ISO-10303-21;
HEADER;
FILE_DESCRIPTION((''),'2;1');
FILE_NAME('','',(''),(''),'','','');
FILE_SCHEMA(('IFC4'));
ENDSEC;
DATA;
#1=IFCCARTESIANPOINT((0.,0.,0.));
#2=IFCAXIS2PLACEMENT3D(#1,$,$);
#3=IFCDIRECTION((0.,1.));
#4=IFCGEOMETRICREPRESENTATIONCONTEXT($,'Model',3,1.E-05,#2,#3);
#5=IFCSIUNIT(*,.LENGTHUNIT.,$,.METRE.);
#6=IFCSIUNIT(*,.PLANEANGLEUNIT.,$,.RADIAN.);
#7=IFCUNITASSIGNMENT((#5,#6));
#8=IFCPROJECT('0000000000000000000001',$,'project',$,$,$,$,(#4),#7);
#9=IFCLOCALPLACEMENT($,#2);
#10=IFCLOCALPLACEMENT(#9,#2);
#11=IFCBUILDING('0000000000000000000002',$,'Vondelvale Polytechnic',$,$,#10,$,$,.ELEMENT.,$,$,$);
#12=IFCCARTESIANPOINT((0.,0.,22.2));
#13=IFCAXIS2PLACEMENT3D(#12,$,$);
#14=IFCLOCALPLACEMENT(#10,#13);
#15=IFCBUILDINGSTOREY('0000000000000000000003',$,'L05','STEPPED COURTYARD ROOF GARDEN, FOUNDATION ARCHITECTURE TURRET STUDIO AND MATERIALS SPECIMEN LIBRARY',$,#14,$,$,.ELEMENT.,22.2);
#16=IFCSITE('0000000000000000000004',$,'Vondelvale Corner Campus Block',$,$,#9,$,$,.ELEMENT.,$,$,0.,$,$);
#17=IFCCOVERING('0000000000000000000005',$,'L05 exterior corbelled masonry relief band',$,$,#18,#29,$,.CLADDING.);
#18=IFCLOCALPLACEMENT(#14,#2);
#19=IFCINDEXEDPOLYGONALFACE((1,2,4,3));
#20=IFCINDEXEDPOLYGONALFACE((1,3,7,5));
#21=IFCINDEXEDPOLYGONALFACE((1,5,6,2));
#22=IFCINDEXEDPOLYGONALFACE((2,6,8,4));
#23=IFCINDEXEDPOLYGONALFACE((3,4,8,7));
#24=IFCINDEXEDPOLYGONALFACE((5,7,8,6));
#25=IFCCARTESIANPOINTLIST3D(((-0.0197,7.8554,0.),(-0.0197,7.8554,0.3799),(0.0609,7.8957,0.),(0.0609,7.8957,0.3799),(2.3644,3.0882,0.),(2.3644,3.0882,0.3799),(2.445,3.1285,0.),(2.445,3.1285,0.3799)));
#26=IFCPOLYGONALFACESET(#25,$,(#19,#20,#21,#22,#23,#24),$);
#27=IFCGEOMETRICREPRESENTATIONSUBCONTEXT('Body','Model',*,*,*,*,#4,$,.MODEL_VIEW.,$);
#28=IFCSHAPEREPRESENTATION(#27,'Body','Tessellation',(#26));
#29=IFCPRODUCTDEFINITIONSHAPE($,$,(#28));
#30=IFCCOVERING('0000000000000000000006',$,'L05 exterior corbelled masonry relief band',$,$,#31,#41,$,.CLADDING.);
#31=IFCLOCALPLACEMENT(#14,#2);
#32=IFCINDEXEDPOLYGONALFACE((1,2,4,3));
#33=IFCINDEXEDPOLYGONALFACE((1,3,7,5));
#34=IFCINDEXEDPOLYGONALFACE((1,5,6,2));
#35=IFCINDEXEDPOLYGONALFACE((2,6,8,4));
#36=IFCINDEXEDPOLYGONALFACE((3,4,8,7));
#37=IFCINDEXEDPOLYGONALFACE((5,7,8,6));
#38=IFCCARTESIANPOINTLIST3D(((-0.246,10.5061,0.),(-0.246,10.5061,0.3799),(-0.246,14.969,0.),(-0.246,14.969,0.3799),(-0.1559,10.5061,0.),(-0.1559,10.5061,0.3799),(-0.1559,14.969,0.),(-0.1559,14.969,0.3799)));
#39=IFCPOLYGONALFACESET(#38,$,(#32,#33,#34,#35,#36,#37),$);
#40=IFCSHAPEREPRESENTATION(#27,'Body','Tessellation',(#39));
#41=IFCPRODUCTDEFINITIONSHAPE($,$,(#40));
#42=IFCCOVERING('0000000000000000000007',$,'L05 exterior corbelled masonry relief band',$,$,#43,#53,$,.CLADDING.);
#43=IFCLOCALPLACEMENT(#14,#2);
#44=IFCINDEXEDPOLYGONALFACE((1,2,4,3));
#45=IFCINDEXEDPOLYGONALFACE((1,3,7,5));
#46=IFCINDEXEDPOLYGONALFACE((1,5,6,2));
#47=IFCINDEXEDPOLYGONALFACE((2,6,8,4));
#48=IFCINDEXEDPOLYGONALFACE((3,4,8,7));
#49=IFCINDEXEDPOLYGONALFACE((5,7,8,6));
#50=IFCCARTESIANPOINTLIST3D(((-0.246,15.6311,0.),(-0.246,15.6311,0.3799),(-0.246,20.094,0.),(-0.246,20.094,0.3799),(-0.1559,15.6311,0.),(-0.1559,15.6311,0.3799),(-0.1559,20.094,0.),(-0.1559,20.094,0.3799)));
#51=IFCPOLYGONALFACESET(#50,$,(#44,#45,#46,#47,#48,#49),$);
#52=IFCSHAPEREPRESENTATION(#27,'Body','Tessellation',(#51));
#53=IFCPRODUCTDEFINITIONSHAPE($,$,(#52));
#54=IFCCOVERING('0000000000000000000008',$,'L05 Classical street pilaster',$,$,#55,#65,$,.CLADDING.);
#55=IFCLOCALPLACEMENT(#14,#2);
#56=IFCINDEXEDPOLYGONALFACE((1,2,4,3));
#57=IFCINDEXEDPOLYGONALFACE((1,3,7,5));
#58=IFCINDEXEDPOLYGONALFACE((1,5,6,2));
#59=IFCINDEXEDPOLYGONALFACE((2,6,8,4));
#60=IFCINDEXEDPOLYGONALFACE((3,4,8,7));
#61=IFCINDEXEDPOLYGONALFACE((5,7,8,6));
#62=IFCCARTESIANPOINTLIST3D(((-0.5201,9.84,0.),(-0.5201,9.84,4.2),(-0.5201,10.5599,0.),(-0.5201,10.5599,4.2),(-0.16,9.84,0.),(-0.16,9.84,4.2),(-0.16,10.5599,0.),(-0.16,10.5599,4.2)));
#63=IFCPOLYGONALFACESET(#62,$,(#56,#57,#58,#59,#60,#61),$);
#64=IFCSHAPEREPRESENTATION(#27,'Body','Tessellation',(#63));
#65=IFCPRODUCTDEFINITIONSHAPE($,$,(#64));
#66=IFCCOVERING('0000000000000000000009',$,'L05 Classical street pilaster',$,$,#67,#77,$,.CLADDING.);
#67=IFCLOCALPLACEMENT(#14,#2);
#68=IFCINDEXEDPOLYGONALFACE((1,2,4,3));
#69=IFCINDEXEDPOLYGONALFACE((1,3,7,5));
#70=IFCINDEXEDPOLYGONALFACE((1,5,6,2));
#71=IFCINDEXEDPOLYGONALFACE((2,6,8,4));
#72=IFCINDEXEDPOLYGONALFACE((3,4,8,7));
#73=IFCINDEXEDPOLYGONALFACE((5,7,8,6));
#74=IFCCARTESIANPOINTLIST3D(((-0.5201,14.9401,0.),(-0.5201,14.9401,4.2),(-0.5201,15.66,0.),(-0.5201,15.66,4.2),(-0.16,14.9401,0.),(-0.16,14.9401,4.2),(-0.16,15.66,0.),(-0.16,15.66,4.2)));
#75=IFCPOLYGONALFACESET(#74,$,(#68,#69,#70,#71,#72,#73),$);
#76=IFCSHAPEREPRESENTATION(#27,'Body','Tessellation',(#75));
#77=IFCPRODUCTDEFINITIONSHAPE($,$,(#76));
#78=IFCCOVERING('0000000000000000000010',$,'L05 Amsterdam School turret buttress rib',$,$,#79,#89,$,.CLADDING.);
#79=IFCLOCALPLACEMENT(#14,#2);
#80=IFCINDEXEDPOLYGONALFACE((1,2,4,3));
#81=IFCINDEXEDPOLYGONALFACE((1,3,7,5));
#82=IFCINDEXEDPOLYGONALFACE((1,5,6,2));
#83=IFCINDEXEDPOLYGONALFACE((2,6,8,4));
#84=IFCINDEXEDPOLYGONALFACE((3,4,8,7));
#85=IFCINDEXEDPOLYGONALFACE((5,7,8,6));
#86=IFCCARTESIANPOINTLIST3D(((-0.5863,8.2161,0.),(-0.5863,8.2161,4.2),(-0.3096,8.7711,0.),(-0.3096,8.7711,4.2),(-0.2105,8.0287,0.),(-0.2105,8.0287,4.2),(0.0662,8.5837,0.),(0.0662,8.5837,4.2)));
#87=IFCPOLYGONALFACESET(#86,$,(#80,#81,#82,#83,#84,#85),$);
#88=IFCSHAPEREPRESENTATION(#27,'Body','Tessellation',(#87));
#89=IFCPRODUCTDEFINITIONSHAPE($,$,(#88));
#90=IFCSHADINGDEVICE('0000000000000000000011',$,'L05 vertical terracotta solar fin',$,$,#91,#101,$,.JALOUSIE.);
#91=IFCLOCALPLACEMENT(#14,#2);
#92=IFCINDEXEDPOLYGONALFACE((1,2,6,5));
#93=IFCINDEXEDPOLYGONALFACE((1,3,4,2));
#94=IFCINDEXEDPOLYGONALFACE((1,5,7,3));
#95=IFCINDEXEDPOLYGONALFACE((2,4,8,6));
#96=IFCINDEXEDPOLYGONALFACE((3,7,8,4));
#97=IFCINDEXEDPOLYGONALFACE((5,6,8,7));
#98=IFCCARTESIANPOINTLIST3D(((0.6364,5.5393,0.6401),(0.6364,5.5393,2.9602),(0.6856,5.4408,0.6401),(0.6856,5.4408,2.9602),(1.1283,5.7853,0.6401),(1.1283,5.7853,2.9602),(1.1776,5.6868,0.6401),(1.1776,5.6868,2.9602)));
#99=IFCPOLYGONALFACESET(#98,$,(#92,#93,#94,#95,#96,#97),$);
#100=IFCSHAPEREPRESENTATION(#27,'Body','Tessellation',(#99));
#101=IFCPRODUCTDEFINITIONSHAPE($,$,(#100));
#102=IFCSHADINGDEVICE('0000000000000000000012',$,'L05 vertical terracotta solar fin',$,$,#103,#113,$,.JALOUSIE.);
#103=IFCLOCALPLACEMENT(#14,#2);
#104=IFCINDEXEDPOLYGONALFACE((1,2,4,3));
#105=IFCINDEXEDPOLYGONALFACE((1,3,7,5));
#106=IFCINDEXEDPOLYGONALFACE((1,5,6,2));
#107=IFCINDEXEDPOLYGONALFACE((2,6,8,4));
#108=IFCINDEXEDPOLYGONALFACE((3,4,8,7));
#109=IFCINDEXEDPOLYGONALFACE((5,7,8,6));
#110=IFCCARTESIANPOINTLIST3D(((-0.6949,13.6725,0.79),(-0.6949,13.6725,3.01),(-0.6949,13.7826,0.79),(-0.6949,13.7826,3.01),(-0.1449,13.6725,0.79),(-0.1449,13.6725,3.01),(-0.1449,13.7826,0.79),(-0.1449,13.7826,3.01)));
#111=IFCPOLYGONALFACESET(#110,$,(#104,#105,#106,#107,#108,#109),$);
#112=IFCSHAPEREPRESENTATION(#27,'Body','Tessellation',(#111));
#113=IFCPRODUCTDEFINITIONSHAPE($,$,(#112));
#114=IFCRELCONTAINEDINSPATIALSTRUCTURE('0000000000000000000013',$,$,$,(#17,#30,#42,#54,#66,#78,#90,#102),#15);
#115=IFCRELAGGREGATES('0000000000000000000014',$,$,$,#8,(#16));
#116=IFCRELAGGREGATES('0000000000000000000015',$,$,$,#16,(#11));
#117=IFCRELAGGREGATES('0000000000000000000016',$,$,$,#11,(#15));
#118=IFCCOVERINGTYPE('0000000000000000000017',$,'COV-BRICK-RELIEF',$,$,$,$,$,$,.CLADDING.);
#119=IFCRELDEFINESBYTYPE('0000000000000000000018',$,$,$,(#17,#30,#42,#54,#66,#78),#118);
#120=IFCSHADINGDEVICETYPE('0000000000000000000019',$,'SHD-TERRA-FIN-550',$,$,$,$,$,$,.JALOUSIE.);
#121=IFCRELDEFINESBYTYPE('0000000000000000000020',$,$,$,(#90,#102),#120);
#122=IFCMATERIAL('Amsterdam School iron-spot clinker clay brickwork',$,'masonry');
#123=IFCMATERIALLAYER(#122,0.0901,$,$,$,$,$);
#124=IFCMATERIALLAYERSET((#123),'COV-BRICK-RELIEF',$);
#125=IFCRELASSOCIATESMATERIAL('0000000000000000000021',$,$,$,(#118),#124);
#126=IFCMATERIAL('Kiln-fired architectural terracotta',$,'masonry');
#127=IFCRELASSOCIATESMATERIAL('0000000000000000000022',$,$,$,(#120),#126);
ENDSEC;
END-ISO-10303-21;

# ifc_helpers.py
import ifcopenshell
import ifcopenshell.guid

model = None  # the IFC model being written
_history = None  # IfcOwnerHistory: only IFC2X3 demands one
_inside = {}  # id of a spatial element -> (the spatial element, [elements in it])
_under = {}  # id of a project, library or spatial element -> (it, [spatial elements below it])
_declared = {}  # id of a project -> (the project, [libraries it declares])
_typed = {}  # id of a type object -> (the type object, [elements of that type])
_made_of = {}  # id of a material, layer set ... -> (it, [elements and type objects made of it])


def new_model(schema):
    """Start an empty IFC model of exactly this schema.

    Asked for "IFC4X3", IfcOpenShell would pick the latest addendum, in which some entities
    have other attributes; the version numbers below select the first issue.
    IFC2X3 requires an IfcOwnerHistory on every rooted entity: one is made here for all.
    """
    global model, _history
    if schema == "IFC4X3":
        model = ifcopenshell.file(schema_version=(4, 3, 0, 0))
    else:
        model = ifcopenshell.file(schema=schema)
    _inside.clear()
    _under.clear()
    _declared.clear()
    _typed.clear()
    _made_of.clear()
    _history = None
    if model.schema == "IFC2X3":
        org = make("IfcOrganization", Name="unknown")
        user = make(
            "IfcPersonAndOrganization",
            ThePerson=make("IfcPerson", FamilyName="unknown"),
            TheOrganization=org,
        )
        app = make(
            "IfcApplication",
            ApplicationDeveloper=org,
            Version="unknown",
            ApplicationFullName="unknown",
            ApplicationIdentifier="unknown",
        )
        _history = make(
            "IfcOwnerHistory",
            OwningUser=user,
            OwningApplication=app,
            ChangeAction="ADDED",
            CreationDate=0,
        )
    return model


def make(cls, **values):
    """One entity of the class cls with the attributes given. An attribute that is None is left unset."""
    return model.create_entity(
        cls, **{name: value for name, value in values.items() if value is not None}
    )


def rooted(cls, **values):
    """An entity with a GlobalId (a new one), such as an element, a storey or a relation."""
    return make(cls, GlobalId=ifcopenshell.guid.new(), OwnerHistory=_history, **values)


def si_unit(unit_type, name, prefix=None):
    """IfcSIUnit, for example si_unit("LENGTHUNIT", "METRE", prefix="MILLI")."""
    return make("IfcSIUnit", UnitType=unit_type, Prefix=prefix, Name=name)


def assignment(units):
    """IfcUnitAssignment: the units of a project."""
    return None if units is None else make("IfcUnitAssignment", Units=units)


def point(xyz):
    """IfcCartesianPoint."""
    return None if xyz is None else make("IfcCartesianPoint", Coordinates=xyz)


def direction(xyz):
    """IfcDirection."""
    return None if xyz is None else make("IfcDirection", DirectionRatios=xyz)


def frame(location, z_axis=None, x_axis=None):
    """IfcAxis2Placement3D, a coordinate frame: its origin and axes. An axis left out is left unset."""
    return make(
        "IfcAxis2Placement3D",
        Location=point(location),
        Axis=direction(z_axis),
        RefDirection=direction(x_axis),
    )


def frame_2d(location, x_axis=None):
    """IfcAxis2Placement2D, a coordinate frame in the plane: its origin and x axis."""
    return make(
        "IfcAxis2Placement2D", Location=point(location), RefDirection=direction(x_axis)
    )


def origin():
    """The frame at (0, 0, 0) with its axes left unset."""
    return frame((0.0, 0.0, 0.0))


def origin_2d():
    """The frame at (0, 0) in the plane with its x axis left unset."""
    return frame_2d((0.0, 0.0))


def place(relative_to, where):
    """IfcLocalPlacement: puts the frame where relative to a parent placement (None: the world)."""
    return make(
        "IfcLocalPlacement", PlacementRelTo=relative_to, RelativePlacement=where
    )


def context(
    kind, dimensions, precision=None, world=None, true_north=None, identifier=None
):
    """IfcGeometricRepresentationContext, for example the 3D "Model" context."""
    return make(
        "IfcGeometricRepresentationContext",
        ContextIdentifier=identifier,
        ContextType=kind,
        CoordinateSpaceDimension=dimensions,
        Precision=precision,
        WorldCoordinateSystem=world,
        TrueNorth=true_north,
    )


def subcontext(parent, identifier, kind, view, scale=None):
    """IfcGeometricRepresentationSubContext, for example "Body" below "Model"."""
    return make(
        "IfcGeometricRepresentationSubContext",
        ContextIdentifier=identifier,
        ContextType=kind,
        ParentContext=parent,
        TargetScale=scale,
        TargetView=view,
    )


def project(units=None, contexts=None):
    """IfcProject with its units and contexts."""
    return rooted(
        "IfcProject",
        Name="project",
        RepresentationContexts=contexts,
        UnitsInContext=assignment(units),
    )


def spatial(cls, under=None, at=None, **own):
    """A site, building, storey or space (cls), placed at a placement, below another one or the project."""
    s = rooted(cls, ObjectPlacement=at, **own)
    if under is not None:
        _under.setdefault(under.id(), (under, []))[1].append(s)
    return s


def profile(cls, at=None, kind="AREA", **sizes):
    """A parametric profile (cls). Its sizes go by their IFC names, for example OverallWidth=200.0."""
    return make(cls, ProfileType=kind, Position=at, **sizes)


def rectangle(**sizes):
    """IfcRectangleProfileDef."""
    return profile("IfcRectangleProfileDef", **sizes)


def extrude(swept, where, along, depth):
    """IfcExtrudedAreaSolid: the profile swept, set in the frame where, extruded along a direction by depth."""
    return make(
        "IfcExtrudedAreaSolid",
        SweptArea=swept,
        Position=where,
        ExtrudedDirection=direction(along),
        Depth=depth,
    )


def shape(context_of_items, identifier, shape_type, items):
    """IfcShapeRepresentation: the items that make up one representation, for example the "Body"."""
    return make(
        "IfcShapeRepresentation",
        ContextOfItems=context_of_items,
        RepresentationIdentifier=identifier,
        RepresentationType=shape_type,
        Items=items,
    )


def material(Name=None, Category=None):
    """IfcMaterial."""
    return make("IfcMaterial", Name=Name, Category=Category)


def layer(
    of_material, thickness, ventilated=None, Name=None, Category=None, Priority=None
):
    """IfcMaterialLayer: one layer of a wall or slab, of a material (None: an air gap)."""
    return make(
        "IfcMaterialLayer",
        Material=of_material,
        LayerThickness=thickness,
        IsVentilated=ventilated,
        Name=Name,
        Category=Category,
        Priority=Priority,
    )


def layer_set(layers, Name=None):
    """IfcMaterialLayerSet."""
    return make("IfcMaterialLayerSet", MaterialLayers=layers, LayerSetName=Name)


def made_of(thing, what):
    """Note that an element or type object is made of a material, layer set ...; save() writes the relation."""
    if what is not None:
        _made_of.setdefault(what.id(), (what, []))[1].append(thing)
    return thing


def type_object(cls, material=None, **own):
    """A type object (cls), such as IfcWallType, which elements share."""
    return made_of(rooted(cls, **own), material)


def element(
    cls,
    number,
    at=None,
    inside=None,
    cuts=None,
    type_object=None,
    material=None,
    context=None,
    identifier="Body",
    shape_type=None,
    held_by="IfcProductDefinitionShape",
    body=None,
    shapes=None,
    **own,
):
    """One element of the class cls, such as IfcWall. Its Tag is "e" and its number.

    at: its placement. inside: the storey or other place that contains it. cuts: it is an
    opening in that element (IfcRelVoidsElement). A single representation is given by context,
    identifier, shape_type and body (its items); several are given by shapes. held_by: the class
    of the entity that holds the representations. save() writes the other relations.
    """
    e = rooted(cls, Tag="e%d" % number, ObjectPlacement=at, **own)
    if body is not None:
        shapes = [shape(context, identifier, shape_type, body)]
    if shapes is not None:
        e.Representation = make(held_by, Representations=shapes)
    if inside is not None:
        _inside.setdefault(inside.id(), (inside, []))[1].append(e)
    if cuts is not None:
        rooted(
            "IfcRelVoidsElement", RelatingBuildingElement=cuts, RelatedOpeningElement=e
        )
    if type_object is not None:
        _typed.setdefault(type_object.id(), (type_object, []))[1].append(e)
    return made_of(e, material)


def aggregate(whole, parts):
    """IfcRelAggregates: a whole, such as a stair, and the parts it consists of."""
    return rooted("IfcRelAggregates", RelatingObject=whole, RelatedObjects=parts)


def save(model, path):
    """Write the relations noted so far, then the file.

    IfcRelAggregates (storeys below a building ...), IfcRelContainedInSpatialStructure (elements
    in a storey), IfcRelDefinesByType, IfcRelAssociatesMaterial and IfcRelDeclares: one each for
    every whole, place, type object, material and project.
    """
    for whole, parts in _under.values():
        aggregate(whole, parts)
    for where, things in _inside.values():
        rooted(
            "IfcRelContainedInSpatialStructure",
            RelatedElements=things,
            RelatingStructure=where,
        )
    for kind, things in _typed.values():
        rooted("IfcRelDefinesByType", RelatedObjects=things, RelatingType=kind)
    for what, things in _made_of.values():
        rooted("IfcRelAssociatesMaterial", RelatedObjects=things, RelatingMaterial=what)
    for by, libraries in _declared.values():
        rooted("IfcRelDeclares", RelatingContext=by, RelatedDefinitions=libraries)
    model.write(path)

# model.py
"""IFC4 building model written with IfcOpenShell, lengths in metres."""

from ifc_helpers import new_model, si_unit, direction, frame, origin, origin_2d, place, context, subcontext, project, spatial, rectangle, extrude, material, layer, layer_set, type_object, element, save


model = new_model("IFC4")

# Units and contexts
model_context = context("Model", 3, precision=1e-05, world=origin(), true_north=direction((0.0, 1.0)))
body_context = subcontext(model_context, "Body", "Model", "MODEL_VIEW")
ifc_project = project(units=[si_unit("LENGTHUNIT", "METRE"), si_unit("PLANEANGLEUNIT", "RADIAN")], contexts=[model_context])

# Site, building, storey
site_placement = place(None, origin())
site = spatial("IfcSite", under=ifc_project, at=site_placement, Name="Vondelvale Corner Campus Block", CompositionType="ELEMENT", RefElevation=0.0)
building_placement = place(site_placement, origin())
building = spatial("IfcBuilding", under=site, at=building_placement, Name="Vondelvale Polytechnic", CompositionType="ELEMENT")
storey_placement = place(building_placement, frame((0.0, 0.0, 22.2)))
storey = spatial("IfcBuildingStorey", under=building, at=storey_placement, Name="L05", Description="STEPPED COURTYARD ROOF GARDEN, FOUNDATION ARCHITECTURE TURRET STUDIO AND MATERIALS SPECIMEN LIBRARY", CompositionType="ELEMENT", Elevation=22.2)

# Shared definitions
ifc_material_1 = material(Name="Amsterdam School iron-spot clinker clay brickwork", Category="masonry")

# Coverings
ifc_layer_1 = layer(ifc_material_1, 0.0901)
ifc_layer_set_1 = layer_set([ifc_layer_1], Name="COV-BRICK-RELIEF")
covering_type = type_object("IfcCoveringType", Name="COV-BRICK-RELIEF", PredefinedType="CLADDING", material=ifc_layer_set_1)
covering_1_placement = place(storey_placement, frame((1.2126, 5.4919, 0.0), z_axis=(0.0, 0.0, 1.0), x_axis=(-0.447291, 0.894389, 0.0)))
element("IfcCovering", 1, at=covering_1_placement, inside=storey, type_object=covering_type, Name="L05 exterior corbelled masonry relief band", PredefinedType="CLADDING", context=body_context, shape_type="SweptSolid", body=[
    extrude(rectangle(XDim=5.3301, YDim=0.0901, at=origin_2d()), origin(), (0.0, 0.0, 1.0), 0.3799),
])
for number, where, z_axis, x_axis, name in (
    (2, (-0.2009, 12.7375, 0.0), (0.0, 0.0, 1.0), (0.0, 1.0, 0.0), "L05 exterior corbelled masonry relief band"),
    (3, (-0.2009, 17.8625, 0.0), (0.0, 0.0, 1.0), (0.0, 1.0, 0.0), "L05 exterior corbelled masonry relief band"),
):
    element("IfcCovering", number, at=place(storey_placement, frame(where, z_axis=z_axis, x_axis=x_axis)), inside=storey, type_object=covering_type, Name=name, PredefinedType="CLADDING", context=body_context, shape_type="SweptSolid", body=[
        extrude(rectangle(XDim=4.4629, YDim=0.0901, at=origin_2d()), origin(), (0.0, 0.0, 1.0), 0.3799),
    ])
for number, where, z_axis, x_axis, name in (
    (4, (-0.3401, 10.2, 0.0), (0.0, 0.0, 1.0), (1.0, 0.0, 0.0), "L05 Classical street pilaster"),
    (5, (-0.3401, 15.3, 0.0), (0.0, 0.0, 1.0), (1.0, 0.0, 0.0), "L05 Classical street pilaster"),
):
    element("IfcCovering", number, at=place(storey_placement, frame(where, z_axis=z_axis, x_axis=x_axis)), inside=storey, type_object=covering_type, Name=name, PredefinedType="CLADDING", context=body_context, shape_type="SweptSolid", body=[
        extrude(rectangle(XDim=0.3601, YDim=0.72, at=origin_2d()), origin(), (0.0, 0.0, 1.0), 4.2),
    ])
covering_2_placement = place(storey_placement, frame((-0.26, 8.3999, 0.0), z_axis=(0.0, 0.0, 1.0), x_axis=(0.446198, 0.894934, 0.0)))
element("IfcCovering", 6, at=covering_2_placement, inside=storey, type_object=covering_type, Name="L05 Amsterdam School turret buttress rib", PredefinedType="CLADDING", context=body_context, shape_type="SweptSolid", body=[
    extrude(rectangle(XDim=0.6201, YDim=0.4199, at=origin_2d()), origin(), (0.0, 0.0, 1.0), 4.2),
])

# Shading devices
ifc_material_2 = material(Name="Kiln-fired architectural terracotta", Category="masonry")
shading_device_type = type_object("IfcShadingDeviceType", Name="SHD-TERRA-FIN-550", PredefinedType="JALOUSIE", material=ifc_material_2)
shading_device_1_placement = place(storey_placement, frame((0.907, 5.613, 0.6401), z_axis=(0.0, 0.0, 1.0), x_axis=(-0.447291, 0.894389, 0.0)))
element("IfcShadingDevice", 7, at=shading_device_1_placement, inside=storey, type_object=shading_device_type, Name="L05 vertical terracotta solar fin", PredefinedType="JALOUSIE", context=body_context, shape_type="SweptSolid", body=[
    extrude(rectangle(XDim=0.1101, YDim=0.55, at=origin_2d()), origin(), (0.0, 0.0, 1.0), 2.3201),
])
shading_device_2_placement = place(storey_placement, frame((-0.4199, 13.7275, 0.79), z_axis=(0.0, 0.0, 1.0), x_axis=(0.0, 1.0, 0.0)))
element("IfcShadingDevice", 8, at=shading_device_2_placement, inside=storey, type_object=shading_device_type, Name="L05 vertical terracotta solar fin", PredefinedType="JALOUSIE", context=body_context, shape_type="SweptSolid", body=[
    extrude(rectangle(XDim=0.1101, YDim=0.55, at=origin_2d()), origin(), (0.0, 0.0, 1.0), 2.22),
])

save(model, "model.ifc")
